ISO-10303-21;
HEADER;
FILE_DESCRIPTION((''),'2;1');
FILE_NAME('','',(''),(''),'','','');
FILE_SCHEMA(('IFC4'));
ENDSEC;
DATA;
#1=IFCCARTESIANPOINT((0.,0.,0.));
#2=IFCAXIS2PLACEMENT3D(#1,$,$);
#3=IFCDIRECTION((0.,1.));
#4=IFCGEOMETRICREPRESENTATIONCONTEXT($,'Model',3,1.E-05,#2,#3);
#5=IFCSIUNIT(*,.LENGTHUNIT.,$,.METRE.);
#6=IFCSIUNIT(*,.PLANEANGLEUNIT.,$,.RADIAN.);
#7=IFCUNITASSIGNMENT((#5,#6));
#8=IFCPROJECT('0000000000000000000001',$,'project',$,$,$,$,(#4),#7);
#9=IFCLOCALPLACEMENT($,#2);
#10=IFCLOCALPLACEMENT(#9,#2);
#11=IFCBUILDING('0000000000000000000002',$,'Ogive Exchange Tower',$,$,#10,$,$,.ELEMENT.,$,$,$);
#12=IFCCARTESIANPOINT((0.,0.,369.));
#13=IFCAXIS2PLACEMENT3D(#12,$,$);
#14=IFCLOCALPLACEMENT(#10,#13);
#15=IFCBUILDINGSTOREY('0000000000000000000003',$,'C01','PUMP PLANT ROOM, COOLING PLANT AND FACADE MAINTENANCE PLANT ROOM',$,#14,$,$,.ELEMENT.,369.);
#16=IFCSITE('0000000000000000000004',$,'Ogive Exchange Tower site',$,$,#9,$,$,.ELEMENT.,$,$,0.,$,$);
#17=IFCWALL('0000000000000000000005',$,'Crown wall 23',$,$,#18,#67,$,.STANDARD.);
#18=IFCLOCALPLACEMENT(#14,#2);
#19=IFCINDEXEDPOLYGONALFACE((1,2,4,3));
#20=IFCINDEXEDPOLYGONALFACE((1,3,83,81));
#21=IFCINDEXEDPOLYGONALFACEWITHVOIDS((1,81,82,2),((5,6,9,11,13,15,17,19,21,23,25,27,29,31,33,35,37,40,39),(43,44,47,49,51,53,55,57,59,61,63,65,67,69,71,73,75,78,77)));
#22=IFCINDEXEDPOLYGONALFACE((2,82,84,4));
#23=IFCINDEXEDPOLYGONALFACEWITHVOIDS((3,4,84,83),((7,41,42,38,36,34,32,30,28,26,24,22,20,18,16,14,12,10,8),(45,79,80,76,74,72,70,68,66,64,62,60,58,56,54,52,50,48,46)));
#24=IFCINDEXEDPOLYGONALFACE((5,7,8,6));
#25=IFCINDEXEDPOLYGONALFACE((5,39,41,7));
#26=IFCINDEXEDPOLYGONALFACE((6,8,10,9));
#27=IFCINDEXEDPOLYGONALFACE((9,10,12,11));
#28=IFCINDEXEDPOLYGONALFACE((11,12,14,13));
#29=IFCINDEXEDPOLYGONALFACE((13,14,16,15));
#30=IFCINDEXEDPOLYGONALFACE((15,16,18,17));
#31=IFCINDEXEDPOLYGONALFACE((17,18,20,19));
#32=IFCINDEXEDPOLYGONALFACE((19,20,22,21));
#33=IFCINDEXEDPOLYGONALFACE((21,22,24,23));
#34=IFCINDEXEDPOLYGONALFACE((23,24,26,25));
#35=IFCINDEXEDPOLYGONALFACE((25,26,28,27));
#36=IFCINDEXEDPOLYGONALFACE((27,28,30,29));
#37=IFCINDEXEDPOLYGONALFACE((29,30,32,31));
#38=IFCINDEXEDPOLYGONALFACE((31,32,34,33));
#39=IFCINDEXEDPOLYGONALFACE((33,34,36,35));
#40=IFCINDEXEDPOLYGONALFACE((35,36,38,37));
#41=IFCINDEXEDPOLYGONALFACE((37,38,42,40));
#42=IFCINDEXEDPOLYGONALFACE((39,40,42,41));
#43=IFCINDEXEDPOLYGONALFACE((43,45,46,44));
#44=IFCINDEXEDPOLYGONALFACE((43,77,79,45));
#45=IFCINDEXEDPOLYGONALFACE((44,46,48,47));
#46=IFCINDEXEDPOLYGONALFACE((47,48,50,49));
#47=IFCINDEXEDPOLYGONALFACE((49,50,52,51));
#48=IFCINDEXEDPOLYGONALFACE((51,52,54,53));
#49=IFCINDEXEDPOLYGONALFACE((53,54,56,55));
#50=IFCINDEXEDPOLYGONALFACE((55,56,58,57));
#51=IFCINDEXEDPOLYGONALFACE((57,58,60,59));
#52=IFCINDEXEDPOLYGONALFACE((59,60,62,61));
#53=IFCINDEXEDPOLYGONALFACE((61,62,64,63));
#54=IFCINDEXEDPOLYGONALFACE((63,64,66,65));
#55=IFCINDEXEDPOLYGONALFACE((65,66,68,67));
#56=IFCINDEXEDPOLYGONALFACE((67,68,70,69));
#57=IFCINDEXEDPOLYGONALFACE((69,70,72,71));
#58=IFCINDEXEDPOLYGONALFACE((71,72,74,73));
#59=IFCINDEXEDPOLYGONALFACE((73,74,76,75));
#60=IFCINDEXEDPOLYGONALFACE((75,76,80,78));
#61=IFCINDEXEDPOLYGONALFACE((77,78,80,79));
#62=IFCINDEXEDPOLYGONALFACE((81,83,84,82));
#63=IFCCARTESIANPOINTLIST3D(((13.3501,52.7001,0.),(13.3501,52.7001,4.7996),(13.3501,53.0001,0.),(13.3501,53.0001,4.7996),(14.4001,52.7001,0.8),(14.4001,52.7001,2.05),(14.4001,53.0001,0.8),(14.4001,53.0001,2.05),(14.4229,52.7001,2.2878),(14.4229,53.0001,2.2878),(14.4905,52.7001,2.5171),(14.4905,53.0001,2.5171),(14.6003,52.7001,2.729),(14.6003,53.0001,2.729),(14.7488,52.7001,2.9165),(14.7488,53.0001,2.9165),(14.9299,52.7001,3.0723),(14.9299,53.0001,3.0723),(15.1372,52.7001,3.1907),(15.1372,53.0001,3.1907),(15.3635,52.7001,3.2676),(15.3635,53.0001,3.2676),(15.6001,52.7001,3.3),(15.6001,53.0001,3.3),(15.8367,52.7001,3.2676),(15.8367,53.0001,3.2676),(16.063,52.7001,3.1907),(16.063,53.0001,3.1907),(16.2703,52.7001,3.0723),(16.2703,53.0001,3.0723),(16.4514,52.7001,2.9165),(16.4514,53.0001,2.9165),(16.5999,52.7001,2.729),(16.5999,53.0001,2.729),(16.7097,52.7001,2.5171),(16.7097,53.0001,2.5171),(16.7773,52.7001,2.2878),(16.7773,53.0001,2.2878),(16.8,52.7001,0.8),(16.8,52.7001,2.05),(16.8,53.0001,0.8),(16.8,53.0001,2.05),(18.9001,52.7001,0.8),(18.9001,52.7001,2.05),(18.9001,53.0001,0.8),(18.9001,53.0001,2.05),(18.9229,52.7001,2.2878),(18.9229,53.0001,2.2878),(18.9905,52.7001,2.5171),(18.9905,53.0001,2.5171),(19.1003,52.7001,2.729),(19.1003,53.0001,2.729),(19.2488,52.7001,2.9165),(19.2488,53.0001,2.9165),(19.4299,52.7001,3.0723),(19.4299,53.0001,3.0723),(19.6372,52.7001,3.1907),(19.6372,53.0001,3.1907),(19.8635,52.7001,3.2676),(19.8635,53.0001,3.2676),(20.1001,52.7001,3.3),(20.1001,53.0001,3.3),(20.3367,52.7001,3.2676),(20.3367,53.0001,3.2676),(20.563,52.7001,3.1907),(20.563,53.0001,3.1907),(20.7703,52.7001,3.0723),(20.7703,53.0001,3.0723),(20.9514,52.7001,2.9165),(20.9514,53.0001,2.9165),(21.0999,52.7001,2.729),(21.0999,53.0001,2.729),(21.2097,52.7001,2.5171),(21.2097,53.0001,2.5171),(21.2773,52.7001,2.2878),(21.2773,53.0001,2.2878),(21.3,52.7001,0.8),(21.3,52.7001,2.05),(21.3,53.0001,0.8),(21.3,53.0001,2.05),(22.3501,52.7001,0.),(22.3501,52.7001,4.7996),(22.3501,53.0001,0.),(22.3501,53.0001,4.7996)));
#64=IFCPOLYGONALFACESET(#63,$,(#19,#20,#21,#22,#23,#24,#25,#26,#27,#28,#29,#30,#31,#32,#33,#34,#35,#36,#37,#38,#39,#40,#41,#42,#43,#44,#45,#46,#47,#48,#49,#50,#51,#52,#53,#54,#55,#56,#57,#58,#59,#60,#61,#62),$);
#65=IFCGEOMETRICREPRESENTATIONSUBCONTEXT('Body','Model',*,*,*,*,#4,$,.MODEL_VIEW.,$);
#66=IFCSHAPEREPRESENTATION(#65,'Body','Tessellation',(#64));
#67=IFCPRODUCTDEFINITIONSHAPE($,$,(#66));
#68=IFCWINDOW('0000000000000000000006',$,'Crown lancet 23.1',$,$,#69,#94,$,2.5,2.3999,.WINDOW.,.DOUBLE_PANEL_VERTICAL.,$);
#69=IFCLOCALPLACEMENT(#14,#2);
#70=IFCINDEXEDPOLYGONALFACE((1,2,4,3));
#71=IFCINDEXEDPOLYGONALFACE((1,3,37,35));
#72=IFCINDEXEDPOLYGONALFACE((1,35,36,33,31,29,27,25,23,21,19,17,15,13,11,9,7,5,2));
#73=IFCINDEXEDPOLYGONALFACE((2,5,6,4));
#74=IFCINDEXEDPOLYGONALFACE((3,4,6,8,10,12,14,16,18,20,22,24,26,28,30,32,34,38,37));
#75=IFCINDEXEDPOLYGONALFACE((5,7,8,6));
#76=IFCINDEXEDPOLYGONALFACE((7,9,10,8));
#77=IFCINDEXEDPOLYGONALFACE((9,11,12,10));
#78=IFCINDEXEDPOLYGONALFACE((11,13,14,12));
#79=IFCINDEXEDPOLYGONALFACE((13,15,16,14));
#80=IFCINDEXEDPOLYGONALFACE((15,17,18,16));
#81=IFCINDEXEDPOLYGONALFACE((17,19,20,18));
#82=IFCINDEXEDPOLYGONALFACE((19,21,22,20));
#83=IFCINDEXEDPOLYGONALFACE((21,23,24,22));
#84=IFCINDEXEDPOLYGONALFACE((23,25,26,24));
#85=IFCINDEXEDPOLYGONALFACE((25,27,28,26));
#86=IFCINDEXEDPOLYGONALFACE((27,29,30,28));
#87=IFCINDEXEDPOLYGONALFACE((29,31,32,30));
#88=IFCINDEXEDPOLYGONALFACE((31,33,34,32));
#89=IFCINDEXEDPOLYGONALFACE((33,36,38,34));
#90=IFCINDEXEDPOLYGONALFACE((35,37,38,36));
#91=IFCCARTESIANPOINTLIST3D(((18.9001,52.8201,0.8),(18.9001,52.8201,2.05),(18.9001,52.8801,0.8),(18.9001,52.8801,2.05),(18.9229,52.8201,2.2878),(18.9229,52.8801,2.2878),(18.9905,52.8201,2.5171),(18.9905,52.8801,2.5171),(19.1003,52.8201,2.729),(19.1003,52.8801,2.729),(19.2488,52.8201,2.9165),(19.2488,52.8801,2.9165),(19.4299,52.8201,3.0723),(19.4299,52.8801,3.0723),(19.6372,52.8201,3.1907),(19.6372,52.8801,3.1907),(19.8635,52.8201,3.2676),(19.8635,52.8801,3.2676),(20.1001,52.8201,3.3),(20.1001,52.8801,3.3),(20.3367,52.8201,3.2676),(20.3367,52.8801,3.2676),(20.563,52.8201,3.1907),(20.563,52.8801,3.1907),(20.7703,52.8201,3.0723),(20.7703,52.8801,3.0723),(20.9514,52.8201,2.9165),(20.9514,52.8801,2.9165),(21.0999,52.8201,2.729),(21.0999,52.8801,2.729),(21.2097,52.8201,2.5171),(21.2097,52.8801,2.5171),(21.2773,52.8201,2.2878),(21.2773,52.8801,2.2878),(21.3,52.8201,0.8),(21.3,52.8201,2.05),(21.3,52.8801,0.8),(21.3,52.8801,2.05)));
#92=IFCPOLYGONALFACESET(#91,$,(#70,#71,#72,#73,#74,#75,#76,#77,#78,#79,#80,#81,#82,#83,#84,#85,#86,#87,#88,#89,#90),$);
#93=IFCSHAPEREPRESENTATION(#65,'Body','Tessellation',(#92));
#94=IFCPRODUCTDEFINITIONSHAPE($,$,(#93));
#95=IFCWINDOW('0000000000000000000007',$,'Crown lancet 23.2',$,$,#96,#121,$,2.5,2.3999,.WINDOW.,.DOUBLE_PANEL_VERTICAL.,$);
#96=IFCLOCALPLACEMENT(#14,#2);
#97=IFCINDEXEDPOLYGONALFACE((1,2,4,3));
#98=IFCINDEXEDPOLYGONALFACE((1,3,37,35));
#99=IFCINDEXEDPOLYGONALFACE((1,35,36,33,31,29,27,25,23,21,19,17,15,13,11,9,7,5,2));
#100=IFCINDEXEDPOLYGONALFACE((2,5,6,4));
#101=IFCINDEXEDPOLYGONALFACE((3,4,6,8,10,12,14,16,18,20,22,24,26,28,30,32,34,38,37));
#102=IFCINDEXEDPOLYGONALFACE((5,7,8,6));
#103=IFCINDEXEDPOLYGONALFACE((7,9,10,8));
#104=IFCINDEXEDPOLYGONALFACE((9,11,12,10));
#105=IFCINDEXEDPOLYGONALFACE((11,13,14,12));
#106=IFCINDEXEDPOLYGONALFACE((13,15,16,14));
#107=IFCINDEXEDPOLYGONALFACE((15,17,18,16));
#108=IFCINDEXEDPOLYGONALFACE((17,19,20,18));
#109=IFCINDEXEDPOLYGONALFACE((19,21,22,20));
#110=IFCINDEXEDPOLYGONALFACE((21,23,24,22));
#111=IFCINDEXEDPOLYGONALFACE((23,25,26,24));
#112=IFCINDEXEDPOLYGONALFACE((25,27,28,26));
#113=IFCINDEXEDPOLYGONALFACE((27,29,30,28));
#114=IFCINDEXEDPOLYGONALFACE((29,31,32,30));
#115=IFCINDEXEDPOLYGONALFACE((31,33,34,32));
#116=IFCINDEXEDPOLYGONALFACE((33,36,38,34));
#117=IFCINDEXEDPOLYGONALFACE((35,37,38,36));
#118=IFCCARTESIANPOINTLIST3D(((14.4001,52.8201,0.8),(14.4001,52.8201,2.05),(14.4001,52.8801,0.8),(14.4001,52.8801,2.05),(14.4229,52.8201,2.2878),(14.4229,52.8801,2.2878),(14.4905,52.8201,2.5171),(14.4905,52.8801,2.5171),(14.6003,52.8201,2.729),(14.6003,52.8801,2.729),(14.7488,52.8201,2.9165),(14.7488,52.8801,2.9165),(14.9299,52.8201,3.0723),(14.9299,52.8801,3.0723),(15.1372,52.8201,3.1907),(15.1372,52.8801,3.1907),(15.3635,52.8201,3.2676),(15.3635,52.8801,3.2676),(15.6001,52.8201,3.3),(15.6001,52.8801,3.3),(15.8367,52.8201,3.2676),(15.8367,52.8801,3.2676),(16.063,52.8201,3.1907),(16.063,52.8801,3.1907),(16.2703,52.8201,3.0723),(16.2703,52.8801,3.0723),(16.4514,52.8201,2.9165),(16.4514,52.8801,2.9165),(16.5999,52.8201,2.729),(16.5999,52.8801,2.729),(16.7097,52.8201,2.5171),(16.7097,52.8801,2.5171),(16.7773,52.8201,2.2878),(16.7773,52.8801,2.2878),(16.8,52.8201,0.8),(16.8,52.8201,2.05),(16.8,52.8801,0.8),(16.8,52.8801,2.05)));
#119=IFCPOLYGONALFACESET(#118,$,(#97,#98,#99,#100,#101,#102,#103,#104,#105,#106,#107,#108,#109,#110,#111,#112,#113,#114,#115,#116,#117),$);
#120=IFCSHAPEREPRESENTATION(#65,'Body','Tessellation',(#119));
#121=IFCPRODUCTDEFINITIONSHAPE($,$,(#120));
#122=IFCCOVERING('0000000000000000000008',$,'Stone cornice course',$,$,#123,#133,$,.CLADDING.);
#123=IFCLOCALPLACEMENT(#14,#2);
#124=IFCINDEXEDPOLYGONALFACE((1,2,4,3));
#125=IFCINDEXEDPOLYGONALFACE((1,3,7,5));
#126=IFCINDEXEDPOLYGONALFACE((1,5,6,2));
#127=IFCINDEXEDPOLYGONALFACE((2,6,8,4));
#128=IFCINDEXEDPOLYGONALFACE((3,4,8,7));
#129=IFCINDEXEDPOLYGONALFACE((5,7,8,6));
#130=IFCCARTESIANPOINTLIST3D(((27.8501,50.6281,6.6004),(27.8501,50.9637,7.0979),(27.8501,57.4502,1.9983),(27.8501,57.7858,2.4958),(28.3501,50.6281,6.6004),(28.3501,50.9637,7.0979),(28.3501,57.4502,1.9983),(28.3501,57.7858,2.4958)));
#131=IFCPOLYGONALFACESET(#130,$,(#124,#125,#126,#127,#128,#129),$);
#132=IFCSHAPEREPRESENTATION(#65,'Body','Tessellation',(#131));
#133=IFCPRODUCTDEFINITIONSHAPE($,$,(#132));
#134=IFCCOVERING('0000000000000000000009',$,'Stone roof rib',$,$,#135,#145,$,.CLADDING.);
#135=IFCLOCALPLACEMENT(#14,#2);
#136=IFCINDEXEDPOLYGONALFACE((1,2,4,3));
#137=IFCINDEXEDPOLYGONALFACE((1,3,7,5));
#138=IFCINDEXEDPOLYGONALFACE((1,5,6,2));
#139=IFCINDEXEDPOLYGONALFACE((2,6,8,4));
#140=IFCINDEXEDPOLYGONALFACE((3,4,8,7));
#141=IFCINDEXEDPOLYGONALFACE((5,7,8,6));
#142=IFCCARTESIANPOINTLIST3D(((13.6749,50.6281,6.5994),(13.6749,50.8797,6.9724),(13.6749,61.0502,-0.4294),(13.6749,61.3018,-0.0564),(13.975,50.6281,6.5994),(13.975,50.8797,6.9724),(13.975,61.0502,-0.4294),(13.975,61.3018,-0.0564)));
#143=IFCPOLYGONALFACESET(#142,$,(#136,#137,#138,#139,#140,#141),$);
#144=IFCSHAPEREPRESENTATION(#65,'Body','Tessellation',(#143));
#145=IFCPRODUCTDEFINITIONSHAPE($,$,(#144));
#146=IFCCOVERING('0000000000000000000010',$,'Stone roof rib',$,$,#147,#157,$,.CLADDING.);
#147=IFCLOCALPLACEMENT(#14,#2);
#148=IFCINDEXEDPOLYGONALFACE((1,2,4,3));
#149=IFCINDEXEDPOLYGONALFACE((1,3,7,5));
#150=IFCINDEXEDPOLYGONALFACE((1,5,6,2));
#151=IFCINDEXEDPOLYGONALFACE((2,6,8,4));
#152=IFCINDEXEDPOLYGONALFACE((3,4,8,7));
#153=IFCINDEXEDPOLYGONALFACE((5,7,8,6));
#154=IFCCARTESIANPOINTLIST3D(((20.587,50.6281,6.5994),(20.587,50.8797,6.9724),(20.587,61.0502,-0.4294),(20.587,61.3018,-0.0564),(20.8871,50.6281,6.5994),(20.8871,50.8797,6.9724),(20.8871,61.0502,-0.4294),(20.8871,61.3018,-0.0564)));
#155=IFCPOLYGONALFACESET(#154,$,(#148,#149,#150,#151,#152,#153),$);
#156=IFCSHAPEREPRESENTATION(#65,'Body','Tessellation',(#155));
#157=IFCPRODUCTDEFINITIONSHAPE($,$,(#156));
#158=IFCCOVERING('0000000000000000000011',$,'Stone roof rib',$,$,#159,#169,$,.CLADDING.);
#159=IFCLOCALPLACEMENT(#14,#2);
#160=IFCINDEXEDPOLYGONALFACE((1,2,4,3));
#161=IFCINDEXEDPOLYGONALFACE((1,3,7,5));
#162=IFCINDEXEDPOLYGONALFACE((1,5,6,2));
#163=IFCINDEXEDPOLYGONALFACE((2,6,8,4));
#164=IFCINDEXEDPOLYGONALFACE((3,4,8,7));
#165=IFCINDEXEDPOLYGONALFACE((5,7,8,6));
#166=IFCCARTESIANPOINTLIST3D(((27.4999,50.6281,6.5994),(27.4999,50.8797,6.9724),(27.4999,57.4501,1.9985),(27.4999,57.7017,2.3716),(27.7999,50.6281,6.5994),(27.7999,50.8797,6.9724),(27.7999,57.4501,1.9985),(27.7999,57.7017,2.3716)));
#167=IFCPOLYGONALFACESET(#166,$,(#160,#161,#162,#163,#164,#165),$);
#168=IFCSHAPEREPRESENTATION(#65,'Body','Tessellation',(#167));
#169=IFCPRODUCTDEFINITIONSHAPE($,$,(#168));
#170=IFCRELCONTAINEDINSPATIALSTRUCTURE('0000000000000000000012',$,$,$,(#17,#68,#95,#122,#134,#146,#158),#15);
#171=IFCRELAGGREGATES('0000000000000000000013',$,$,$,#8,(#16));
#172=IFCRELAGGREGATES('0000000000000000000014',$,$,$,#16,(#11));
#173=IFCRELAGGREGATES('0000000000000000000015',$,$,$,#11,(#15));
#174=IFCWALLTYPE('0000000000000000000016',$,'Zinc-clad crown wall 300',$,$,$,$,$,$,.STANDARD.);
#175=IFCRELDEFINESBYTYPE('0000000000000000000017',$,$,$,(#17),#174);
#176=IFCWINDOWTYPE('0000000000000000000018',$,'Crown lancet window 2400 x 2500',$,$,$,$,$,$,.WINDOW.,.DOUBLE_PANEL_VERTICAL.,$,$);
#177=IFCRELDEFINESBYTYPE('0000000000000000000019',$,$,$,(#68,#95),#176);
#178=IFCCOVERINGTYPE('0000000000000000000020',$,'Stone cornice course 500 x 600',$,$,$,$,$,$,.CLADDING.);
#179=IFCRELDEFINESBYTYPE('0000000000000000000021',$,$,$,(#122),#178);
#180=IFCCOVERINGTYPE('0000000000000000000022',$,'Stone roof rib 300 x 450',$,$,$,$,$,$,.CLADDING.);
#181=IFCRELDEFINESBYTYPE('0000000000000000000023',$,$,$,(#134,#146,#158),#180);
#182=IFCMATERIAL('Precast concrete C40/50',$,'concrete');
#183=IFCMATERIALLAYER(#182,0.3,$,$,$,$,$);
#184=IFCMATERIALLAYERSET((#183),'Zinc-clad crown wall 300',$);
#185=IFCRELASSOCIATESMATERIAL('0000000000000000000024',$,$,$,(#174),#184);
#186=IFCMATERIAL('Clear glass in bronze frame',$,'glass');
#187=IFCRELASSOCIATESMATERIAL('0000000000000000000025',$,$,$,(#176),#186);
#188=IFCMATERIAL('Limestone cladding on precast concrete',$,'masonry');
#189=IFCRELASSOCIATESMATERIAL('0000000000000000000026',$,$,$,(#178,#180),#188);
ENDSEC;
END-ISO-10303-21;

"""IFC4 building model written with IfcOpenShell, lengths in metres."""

from ifc_helpers import new_model, si_unit, direction, frame, frame_2d, origin, origin_2d, place, context, subcontext, project, spatial, polyline, rectangle, outline, extrude, material, layer, layer_set, material_profile, profile_set, type_object, element, fill, save


model = new_model("IFC4")

# Units and contexts
model_context = context("Model", 3, precision=1e-05, world=origin(), true_north=direction((0.0, 1.0)))
body_context = subcontext(model_context, "Body", "Model", "MODEL_VIEW")
ifc_project = project(units=[si_unit("LENGTHUNIT", "METRE"), si_unit("PLANEANGLEUNIT", "RADIAN")], contexts=[model_context])

# Site, building, storey
site_placement = place(None, origin())
site = spatial("IfcSite", under=ifc_project, at=site_placement, Name="Ogive Exchange Tower site", CompositionType="ELEMENT", RefElevation=0.0)
building_placement = place(site_placement, origin())
building = spatial("IfcBuilding", under=site, at=building_placement, Name="Ogive Exchange Tower", CompositionType="ELEMENT")
storey_placement = place(building_placement, frame((0.0, 0.0, 369.0)))
storey = spatial("IfcBuildingStorey", under=building, at=storey_placement, Name="C01", Description="PUMP PLANT ROOM, COOLING PLANT AND FACADE MAINTENANCE PLANT ROOM", CompositionType="ELEMENT", Elevation=369.0)

# Shared definitions
ifc_material_1 = material(Name="Precast concrete C40/50", Category="concrete")
ifc_layer_1 = layer(ifc_material_1, 0.3)
ifc_layer_set_1 = layer_set([ifc_layer_1], Name="Zinc-clad crown wall 300")
wall_type_1 = type_object("IfcWallType", Name="Zinc-clad crown wall 300", PredefinedType="STANDARD", material=ifc_layer_set_1)

# Wall, openings, windows
wall_1_placement = place(storey_placement, frame((22.3501, 52.8501, 0.0), z_axis=(0.0, 0.0, 1.0), x_axis=(-1.0, 0.0, 0.0)))
wall_1 = element("IfcWall", 1, at=wall_1_placement, inside=storey, type_object=wall_type_1, Name="Crown wall 23", PredefinedType="STANDARD", context=body_context, shape_type="SweptSolid", body=[
    extrude(rectangle(XDim=9.0, YDim=0.3, at=frame_2d((4.5, 0.0))), origin(), (0.0, 0.0, 1.0), 4.7996),
])
opening_1_placement = place(wall_1_placement, frame((1.05, 0.0, 0.8)))
opening_1 = element("IfcOpeningElement", 2, at=opening_1_placement, cuts=wall_1, PredefinedType="OPENING", context=body_context, shape_type="SweptSolid", body=[
    extrude(outline(polyline([(0.0, 0.0), (2.3999, 0.0), (2.3999, 1.25), (2.3772, 1.4878), (2.3096, 1.717), (2.1997, 1.929), (2.0513, 2.1165), (1.8701, 2.2722), (1.6628, 2.3906), (1.4365, 2.4675), (1.2, 2.5), (0.9634, 2.4675), (0.7371, 2.3906), (0.5298, 2.2722), (0.3486, 2.1165), (0.2002, 1.929), (0.0903, 1.717), (0.0227, 1.4878), (0.0, 1.25), (0.0, 0.0)])), frame((0.0, 0.1599, 0.0), z_axis=(0.0, -1.0, 0.0), x_axis=(1.0, 0.0, 0.0)), (0.0, 0.0, 1.0), 0.3201),
])
opening_2_placement = place(wall_1_placement, frame((5.55, 0.0, 0.8)))
opening_2 = element("IfcOpeningElement", 3, at=opening_2_placement, cuts=wall_1, PredefinedType="OPENING", context=body_context, shape_type="SweptSolid", body=[
    extrude(outline(polyline([(0.0, 0.0), (2.3999, 0.0), (2.3999, 1.25), (2.3772, 1.4878), (2.3096, 1.717), (2.1997, 1.929), (2.0513, 2.1165), (1.8701, 2.2722), (1.6628, 2.3906), (1.4365, 2.4675), (1.2, 2.5), (0.9634, 2.4675), (0.7371, 2.3906), (0.5298, 2.2722), (0.3486, 2.1165), (0.2002, 1.929), (0.0903, 1.717), (0.0227, 1.4878), (0.0, 1.25), (0.0, 0.0)])), frame((0.0, 0.1599, 0.0), z_axis=(0.0, -1.0, 0.0), x_axis=(1.0, 0.0, 0.0)), (0.0, 0.0, 1.0), 0.3201),
])
ifc_material_2 = material(Name="Clear glass in bronze frame", Category="glass")
window_type = type_object("IfcWindowType", Name="Crown lancet window 2400 x 2500", PartitioningType="DOUBLE_PANEL_VERTICAL", PredefinedType="WINDOW", material=ifc_material_2)
window_1_placement = place(opening_1_placement, origin())
window_1 = element("IfcWindow", 4, at=window_1_placement, inside=storey, type_object=window_type, Name="Crown lancet 23.1", OverallHeight=2.5, OverallWidth=2.3999, PartitioningType="DOUBLE_PANEL_VERTICAL", PredefinedType="WINDOW", context=body_context, shape_type="SweptSolid", body=[
    extrude(outline(polyline([(0.0, 0.0), (2.3999, 0.0), (2.3999, 1.25), (2.3772, 1.4878), (2.3096, 1.717), (2.1997, 1.929), (2.0513, 2.1165), (1.8701, 2.2722), (1.6628, 2.3906), (1.4365, 2.4675), (1.2, 2.5), (0.9634, 2.4675), (0.7371, 2.3906), (0.5298, 2.2722), (0.3486, 2.1165), (0.2002, 1.929), (0.0903, 1.717), (0.0227, 1.4878), (0.0, 1.25), (0.0, 0.0)])), frame((0.0, 0.03, 0.0), z_axis=(0.0, -1.0, 0.0), x_axis=(1.0, 0.0, 0.0)), (0.0, 0.0, 1.0), 0.0601),
])
fill(opening_1, window_1)
window_2_placement = place(opening_2_placement, origin())
window_2 = element("IfcWindow", 5, at=window_2_placement, inside=storey, type_object=window_type, Name="Crown lancet 23.2", OverallHeight=2.5, OverallWidth=2.3999, PartitioningType="DOUBLE_PANEL_VERTICAL", PredefinedType="WINDOW", context=body_context, shape_type="SweptSolid", body=[
    extrude(outline(polyline([(0.0, 0.0), (2.3999, 0.0), (2.3999, 1.25), (2.3772, 1.4878), (2.3096, 1.717), (2.1997, 1.929), (2.0513, 2.1165), (1.8701, 2.2722), (1.6628, 2.3906), (1.4365, 2.4675), (1.2, 2.5), (0.9634, 2.4675), (0.7371, 2.3906), (0.5298, 2.2722), (0.3486, 2.1165), (0.2002, 1.929), (0.0903, 1.717), (0.0227, 1.4878), (0.0, 1.25), (0.0, 0.0)])), frame((0.0, 0.03, 0.0), z_axis=(0.0, -1.0, 0.0), x_axis=(1.0, 0.0, 0.0)), (0.0, 0.0, 1.0), 0.0601),
])
fill(opening_2, window_2)

# Coverings
ifc_material_3 = material(Name="Limestone cladding on precast concrete", Category="masonry")
ifc_material_profile_1 = material_profile(ifc_material_3, rectangle(XDim=0.5, YDim=0.6001, at=origin_2d()), Name="CORNICE 500 x 600")
ifc_profile_set_1 = profile_set([ifc_material_profile_1], Name="Limestone cladding on precast concrete")
covering_type_1 = type_object("IfcCoveringType", Name="Stone cornice course 500 x 600", PredefinedType="CLADDING", material=ifc_profile_set_1)
covering_1_placement = place(storey_placement, frame((28.1001, 50.7959, 6.8491), z_axis=(0.0, 0.829007, -0.559238), x_axis=(-1.0, 0.0, 0.0)))
element("IfcCovering", 6, at=covering_1_placement, inside=storey, type_object=covering_type_1, Name="Stone cornice course", PredefinedType="CLADDING", context=body_context, shape_type="SweptSolid", body=[
    extrude(rectangle(XDim=0.5, YDim=0.6001, at=origin_2d()), origin(), (0.0, 0.0, 1.0), 8.2292),
])
ifc_material_profile_2 = material_profile(ifc_material_3, rectangle(XDim=0.3, YDim=0.45, at=origin_2d()), Name="RIB 300 x 450")
ifc_profile_set_2 = profile_set([ifc_material_profile_2], Name="Limestone cladding on precast concrete")
covering_type_2 = type_object("IfcCoveringType", Name="Stone roof rib 300 x 450", PredefinedType="CLADDING", material=ifc_profile_set_2)
for number, where, z_axis, x_axis, name in (
    (7, (13.825, 61.176, -0.2429), (0.0, -0.829074, 0.559138), (1.0, 0.0, 0.0), "Stone roof rib"),
    (8, (20.7371, 61.176, -0.2429), (0.0, -0.829074, 0.559138), (1.0, 0.0, 0.0), "Stone roof rib"),
):
    element("IfcCovering", number, at=place(storey_placement, frame(where, z_axis=z_axis, x_axis=x_axis)), inside=storey, type_object=covering_type_2, Name=name, PredefinedType="CLADDING", context=body_context, shape_type="SweptSolid", body=[
        extrude(rectangle(XDim=0.3, YDim=0.45, at=origin_2d()), origin(), (0.0, 0.0, 1.0), 12.5708),
    ])
covering_2_placement = place(storey_placement, frame((27.6499, 57.5759, 2.1851), z_axis=(0.0, -0.829076, 0.559136), x_axis=(1.0, 0.0, 0.0)))
element("IfcCovering", 9, at=covering_2_placement, inside=storey, type_object=covering_type_2, Name="Stone roof rib", PredefinedType="CLADDING", context=body_context, shape_type="SweptSolid", body=[
    extrude(rectangle(XDim=0.3, YDim=0.45, at=origin_2d()), origin(), (0.0, 0.0, 1.0), 8.2285),
])

save(model, "model.ifc")
